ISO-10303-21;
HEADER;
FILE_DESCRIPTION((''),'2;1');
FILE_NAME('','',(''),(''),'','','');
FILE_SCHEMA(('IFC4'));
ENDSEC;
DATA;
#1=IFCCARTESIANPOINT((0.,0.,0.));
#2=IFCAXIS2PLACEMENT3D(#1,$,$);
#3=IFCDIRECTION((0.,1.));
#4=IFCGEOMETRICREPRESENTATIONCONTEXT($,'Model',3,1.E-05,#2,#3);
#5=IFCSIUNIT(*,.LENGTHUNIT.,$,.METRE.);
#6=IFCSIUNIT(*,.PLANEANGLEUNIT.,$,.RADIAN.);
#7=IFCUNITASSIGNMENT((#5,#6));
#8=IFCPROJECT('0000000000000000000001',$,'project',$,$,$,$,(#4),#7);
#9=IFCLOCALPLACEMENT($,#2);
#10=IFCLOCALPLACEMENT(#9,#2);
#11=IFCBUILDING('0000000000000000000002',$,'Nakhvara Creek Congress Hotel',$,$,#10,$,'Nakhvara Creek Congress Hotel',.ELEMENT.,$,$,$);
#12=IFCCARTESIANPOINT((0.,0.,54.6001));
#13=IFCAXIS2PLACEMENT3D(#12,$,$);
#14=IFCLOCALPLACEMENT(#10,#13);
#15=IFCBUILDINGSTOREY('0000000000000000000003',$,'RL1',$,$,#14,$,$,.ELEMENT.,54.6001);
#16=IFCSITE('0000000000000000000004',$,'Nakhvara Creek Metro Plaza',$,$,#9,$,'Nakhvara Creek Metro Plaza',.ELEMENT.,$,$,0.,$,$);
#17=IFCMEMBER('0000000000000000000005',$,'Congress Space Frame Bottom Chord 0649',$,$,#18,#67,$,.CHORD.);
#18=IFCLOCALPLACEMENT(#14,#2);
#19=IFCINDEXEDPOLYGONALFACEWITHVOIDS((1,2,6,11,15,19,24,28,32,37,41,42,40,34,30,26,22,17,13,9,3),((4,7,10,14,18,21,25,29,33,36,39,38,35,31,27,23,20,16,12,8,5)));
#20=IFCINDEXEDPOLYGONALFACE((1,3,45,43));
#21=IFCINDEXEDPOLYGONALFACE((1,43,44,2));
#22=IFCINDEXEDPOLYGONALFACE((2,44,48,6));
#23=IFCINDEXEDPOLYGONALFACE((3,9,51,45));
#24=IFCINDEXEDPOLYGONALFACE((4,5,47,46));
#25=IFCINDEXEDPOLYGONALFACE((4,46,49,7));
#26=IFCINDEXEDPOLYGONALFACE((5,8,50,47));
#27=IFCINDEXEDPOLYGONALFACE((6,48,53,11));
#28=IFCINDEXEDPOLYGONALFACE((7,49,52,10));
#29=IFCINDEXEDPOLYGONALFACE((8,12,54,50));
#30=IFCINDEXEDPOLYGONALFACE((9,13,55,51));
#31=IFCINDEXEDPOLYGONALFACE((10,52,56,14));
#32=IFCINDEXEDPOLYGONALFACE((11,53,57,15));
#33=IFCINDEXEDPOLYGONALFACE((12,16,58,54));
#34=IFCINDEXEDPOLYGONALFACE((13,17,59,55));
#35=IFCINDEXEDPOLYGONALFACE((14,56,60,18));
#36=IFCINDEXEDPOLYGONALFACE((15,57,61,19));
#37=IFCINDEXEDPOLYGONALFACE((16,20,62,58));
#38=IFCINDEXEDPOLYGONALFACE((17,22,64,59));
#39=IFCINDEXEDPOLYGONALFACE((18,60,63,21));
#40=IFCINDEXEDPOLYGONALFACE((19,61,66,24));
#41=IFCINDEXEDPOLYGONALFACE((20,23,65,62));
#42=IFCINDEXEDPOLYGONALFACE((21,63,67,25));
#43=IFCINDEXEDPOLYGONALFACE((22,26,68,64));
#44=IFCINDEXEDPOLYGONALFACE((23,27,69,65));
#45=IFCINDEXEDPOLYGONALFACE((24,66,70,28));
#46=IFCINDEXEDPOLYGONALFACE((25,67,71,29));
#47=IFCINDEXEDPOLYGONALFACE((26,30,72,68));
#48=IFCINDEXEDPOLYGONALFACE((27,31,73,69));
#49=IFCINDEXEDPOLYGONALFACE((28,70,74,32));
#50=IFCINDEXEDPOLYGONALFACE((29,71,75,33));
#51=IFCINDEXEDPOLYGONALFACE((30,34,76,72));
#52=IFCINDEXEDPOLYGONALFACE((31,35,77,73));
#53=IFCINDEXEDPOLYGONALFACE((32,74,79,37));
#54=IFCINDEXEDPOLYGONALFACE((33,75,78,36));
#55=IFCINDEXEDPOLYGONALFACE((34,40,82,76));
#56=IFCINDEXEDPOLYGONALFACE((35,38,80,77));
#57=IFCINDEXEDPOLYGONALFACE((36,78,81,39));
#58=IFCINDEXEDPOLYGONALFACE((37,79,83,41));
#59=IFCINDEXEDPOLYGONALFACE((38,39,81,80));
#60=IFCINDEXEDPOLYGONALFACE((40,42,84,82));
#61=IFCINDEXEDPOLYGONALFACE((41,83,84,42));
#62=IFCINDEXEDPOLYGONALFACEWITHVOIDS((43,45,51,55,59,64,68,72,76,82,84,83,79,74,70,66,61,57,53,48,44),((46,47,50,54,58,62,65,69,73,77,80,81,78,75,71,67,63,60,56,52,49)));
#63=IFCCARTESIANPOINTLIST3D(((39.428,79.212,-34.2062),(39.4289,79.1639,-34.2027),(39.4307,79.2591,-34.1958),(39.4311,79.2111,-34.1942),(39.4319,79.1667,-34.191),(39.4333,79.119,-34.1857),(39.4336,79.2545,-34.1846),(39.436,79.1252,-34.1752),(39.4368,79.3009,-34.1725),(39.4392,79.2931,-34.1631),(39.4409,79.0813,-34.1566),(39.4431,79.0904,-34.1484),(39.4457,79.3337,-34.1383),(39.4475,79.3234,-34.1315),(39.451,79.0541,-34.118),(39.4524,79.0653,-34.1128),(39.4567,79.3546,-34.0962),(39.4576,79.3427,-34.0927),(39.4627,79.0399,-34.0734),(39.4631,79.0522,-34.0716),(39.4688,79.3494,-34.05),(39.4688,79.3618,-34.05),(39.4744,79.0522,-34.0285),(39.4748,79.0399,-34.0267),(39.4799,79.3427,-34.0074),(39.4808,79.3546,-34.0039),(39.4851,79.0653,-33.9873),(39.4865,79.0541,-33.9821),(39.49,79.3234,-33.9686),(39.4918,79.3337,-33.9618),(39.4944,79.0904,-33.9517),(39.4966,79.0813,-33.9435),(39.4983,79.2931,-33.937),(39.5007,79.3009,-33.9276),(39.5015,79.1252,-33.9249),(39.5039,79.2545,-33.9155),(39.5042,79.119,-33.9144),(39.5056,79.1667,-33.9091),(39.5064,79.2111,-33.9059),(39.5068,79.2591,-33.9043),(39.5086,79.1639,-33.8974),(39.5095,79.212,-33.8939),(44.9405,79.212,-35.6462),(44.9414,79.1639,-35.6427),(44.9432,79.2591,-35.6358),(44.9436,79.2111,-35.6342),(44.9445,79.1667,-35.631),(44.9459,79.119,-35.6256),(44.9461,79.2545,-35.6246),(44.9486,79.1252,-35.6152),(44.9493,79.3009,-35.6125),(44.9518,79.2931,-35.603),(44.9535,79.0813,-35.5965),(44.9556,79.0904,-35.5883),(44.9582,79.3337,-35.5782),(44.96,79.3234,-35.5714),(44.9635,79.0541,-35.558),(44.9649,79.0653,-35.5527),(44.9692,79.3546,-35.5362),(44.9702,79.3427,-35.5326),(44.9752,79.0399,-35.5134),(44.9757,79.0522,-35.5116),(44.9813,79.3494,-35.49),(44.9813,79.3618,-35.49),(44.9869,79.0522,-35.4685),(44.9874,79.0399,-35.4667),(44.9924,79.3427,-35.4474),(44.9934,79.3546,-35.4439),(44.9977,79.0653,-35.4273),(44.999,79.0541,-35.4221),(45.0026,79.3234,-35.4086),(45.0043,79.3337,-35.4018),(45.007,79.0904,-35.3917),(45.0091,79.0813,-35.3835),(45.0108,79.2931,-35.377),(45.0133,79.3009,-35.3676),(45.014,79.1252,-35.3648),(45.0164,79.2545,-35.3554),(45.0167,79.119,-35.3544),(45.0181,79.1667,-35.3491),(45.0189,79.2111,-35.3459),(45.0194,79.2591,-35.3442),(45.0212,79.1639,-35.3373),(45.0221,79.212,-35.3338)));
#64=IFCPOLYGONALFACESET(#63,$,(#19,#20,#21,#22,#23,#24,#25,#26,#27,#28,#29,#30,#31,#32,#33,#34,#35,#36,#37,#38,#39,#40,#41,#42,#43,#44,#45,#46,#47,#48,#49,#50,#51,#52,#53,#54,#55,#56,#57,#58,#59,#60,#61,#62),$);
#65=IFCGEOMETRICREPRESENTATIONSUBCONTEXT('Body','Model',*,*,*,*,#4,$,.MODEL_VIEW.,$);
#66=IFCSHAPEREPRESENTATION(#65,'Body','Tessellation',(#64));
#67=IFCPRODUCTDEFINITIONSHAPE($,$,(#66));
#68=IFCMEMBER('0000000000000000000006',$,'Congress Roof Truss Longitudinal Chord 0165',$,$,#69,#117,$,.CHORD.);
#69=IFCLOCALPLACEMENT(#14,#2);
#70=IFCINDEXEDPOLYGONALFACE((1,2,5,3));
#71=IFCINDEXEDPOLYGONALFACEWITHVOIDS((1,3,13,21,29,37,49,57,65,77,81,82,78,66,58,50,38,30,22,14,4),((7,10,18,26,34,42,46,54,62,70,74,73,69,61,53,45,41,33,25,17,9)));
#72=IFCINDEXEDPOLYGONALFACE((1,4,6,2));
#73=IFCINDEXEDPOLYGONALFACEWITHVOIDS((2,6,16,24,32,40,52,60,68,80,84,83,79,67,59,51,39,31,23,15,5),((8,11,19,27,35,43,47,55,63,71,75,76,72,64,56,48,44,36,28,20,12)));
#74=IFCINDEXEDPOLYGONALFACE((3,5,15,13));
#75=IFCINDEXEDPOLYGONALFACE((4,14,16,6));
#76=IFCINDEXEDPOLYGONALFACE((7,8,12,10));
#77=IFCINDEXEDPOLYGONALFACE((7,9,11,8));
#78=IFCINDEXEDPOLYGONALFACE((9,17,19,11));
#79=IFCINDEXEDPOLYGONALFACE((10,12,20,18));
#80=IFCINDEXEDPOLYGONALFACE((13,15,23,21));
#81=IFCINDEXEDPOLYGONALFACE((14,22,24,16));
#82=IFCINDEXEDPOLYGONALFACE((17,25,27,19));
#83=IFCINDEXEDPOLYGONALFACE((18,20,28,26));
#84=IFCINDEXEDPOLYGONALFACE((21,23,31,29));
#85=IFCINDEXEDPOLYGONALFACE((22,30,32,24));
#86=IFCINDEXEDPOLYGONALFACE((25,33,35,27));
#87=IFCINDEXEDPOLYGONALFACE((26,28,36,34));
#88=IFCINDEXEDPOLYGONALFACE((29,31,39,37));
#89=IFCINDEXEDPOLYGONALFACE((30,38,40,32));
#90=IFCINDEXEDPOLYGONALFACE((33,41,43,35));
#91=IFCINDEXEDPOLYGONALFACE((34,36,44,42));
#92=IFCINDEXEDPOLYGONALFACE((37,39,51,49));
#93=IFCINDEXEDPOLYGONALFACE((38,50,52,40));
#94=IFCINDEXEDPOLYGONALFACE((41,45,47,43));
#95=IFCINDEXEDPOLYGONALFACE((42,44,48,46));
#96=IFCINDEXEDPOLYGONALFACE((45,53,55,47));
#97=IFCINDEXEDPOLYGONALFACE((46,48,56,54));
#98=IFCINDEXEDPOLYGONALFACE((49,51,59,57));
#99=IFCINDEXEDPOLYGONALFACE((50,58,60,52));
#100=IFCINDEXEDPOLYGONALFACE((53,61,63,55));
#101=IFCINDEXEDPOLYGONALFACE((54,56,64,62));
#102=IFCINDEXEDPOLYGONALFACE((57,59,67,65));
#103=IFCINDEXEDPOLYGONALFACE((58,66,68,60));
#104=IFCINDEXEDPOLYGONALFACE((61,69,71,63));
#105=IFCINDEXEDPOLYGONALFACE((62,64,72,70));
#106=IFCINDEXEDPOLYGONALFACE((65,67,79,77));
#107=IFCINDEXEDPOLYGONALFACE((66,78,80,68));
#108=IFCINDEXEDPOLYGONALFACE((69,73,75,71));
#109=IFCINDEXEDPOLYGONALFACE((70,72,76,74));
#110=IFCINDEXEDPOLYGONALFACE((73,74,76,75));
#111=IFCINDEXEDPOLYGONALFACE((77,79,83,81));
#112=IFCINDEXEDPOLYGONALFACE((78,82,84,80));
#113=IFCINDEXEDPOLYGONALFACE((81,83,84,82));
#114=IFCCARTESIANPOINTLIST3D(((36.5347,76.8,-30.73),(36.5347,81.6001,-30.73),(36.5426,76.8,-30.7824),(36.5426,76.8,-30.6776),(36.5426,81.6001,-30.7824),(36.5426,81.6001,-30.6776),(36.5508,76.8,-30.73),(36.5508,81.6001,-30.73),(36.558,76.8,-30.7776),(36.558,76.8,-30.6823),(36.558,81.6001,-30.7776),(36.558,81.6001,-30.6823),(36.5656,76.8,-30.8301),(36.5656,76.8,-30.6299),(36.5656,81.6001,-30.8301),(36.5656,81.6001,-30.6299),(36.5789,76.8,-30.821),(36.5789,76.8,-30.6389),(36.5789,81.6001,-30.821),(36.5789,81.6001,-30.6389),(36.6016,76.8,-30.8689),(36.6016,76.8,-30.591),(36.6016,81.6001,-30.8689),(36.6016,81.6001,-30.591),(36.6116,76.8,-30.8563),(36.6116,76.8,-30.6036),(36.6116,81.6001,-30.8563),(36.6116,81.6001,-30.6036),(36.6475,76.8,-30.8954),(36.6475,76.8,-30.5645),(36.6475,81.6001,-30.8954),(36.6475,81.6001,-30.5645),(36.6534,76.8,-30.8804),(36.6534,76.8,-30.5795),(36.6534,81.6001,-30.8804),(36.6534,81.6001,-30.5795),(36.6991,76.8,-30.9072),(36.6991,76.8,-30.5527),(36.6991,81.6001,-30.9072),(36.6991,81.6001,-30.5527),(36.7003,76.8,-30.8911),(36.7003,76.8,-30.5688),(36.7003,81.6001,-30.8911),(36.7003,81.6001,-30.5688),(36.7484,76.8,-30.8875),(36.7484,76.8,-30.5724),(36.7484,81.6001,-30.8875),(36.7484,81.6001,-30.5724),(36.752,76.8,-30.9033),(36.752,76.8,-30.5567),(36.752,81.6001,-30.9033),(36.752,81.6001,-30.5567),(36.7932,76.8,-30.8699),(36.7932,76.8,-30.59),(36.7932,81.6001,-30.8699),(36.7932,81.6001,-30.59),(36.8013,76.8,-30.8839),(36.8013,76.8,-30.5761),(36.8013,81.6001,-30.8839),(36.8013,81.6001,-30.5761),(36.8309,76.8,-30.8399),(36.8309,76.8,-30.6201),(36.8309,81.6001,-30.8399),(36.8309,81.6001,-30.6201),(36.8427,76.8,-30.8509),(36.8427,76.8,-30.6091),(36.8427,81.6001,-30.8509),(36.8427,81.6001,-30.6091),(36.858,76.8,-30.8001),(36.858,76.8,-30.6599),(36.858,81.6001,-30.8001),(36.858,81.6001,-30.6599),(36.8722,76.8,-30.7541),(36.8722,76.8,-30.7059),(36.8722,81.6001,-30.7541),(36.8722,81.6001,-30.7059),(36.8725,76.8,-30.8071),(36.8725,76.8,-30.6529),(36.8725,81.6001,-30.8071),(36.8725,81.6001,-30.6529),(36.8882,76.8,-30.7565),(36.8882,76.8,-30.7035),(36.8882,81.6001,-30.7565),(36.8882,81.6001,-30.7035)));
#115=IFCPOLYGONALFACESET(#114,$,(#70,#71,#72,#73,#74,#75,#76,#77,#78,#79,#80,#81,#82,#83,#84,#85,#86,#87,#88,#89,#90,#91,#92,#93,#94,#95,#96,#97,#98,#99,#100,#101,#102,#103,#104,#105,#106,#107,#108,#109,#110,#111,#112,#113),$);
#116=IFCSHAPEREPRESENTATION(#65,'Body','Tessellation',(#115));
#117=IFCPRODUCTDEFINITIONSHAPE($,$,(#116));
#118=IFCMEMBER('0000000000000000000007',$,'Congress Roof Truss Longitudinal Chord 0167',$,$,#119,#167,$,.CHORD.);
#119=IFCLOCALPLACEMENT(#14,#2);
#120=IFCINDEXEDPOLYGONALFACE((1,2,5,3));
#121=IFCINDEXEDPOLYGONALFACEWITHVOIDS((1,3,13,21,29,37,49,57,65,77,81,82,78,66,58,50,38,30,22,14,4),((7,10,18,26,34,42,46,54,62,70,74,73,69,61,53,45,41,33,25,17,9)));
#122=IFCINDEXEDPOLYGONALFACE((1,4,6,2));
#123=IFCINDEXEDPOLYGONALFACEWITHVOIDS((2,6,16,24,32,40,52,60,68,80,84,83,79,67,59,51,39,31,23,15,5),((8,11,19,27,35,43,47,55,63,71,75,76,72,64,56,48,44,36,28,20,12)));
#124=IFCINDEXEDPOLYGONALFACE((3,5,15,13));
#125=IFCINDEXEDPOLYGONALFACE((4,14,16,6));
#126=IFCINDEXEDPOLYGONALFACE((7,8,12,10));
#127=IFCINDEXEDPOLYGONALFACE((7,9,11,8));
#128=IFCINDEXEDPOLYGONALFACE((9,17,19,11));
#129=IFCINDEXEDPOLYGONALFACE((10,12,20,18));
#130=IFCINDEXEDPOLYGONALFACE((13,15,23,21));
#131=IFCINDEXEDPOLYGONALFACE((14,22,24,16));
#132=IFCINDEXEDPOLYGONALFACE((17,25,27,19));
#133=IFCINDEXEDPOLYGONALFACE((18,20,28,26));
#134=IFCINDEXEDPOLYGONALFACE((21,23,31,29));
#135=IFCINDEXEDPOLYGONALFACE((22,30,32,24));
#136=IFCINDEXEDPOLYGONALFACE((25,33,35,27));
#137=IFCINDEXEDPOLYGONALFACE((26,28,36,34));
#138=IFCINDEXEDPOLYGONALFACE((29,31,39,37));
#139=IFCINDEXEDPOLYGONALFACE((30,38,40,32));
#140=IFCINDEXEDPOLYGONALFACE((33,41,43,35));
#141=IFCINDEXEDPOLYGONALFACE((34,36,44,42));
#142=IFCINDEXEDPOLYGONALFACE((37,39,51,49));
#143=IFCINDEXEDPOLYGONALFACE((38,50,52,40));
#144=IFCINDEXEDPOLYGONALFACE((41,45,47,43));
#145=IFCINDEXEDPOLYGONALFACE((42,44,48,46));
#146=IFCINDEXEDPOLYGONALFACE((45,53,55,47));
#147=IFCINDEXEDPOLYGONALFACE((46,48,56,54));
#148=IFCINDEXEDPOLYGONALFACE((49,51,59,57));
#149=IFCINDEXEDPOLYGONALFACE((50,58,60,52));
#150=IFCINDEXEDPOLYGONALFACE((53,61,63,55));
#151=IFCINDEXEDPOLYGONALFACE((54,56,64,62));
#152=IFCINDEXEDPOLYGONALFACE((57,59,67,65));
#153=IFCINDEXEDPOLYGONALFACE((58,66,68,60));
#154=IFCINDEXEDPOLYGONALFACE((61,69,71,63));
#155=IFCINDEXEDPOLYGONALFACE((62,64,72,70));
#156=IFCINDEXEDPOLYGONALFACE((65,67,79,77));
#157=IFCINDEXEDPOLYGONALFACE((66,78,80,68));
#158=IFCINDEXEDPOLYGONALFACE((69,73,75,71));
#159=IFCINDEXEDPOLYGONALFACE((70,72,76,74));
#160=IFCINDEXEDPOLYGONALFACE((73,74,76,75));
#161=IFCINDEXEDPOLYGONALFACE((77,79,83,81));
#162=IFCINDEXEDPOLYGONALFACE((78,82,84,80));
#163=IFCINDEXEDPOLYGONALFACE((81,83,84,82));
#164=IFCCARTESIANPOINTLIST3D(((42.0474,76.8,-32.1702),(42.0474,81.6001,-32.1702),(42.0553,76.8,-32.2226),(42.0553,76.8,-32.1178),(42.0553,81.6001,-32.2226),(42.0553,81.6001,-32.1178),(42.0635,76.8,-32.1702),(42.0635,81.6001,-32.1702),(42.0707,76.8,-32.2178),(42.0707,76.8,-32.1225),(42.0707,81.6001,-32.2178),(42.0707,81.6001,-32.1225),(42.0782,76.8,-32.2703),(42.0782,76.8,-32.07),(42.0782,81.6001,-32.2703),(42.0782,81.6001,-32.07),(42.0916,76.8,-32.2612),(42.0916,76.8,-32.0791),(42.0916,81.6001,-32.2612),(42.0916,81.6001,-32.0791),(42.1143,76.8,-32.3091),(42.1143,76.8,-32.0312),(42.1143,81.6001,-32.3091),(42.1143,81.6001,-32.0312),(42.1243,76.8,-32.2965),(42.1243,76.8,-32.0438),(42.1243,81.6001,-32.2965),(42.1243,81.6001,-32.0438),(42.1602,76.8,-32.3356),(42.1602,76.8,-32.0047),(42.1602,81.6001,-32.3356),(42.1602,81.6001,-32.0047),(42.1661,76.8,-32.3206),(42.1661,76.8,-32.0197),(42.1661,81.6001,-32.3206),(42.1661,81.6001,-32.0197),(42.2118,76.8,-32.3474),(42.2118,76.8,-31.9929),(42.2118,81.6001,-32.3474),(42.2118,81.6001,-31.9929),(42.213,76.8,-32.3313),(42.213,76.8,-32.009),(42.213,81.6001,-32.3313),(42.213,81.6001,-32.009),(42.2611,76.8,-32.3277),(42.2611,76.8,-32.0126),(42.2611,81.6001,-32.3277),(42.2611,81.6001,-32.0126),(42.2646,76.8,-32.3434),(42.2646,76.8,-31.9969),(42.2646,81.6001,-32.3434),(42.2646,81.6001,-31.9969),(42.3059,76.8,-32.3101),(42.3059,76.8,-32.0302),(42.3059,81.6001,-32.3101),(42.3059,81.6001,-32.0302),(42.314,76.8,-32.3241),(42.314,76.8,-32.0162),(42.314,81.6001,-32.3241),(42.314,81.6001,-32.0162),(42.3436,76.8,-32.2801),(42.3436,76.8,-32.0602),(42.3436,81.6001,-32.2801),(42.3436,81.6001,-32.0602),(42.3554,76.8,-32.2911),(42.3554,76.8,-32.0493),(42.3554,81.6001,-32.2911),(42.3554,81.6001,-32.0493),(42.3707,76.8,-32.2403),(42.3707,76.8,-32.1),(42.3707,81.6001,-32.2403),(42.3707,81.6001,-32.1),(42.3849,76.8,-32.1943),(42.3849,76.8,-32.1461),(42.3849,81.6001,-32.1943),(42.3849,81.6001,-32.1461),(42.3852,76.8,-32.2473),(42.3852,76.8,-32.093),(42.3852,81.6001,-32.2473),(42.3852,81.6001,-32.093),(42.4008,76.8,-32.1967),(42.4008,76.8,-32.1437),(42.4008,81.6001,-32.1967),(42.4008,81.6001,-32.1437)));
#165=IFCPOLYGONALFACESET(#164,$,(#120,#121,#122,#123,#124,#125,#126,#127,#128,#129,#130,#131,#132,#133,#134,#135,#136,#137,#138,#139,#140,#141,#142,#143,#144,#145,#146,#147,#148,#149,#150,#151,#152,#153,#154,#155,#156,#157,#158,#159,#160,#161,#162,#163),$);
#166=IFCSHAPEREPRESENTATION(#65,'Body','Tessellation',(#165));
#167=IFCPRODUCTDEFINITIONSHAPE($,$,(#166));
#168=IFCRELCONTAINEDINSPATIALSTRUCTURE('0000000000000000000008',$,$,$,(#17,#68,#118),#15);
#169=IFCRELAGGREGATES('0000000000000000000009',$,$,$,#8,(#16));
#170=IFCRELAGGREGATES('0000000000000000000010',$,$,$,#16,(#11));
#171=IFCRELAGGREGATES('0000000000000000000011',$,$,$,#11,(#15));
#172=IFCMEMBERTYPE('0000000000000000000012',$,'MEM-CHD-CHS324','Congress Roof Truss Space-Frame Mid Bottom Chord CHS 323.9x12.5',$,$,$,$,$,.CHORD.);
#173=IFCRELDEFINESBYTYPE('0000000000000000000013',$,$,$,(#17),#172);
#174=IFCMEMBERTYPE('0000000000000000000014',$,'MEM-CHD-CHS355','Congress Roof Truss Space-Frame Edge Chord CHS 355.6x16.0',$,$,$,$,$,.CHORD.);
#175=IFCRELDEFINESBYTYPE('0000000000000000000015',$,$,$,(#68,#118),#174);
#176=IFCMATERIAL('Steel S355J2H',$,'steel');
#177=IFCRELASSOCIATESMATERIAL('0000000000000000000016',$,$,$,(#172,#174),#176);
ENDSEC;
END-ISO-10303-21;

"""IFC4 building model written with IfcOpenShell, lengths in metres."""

from ifc_helpers import new_model, si_unit, direction, frame, origin, origin_2d, place, context, subcontext, project, spatial, hollow_circle, extrude, material, material_profile, profile_set, type_object, element, save


model = new_model("IFC4")

# Units and contexts
model_context = context("Model", 3, precision=1e-05, world=origin(), true_north=direction((0.0, 1.0)))
body_context = subcontext(model_context, "Body", "Model", "MODEL_VIEW")
ifc_project = project(units=[si_unit("LENGTHUNIT", "METRE"), si_unit("PLANEANGLEUNIT", "RADIAN")], contexts=[model_context])

# Site, building, storey
site_placement = place(None, origin())
site = spatial("IfcSite", under=ifc_project, at=site_placement, Name="Nakhvara Creek Metro Plaza", LongName="Nakhvara Creek Metro Plaza", CompositionType="ELEMENT", RefElevation=0.0)
building_placement = place(site_placement, origin())
building = spatial("IfcBuilding", under=site, at=building_placement, Name="Nakhvara Creek Congress Hotel", LongName="Nakhvara Creek Congress Hotel", CompositionType="ELEMENT")
storey_placement = place(building_placement, frame((0.0, 0.0, 54.6001)))
storey = spatial("IfcBuildingStorey", under=building, at=storey_placement, Name="RL1", CompositionType="ELEMENT", Elevation=54.6001)

# Members
ifc_material_1 = material(Name="Steel S355J2H", Category="steel")
ifc_material_profile_1 = material_profile(ifc_material_1, hollow_circle(Radius=0.1619, WallThickness=0.0125, at=origin_2d()), Name="CHS 323.9x12.5", Category="LoadBearing")
ifc_profile_set_1 = profile_set([ifc_material_profile_1], Name="Steel S355J2H")
member_type_1 = type_object("IfcMemberType", Name="MEM-CHD-CHS324", Description="Congress Roof Truss Space-Frame Mid Bottom Chord CHS 323.9x12.5", PredefinedType="CHORD", material=ifc_profile_set_1)
for number, where, z_axis, x_axis, name in (
    (1, (39.4688, 79.2, -34.05), (0.967535, 0.0, -0.252736), (0.0, 1.0, 0.0), "Congress Space Frame Bottom Chord 0649"),
):
    element("IfcMember", number, at=place(storey_placement, frame(where, z_axis=z_axis, x_axis=x_axis)), inside=storey, type_object=member_type_1, Name=name, PredefinedType="CHORD", context=body_context, shape_type="SweptSolid", body=[
        extrude(hollow_circle(Radius=0.1619, WallThickness=0.0125, at=origin_2d()), origin(), (0.0, 0.0, 1.0), 5.6975),
    ])
ifc_material_profile_2 = material_profile(ifc_material_1, hollow_circle(Radius=0.1777, WallThickness=0.0161, at=origin_2d()), Name="CHS 355.6x16.0", Category="LoadBearing")
ifc_profile_set_2 = profile_set([ifc_material_profile_2], Name="Steel S355J2H")
member_type_2 = type_object("IfcMemberType", Name="MEM-CHD-CHS355", Description="Congress Roof Truss Space-Frame Edge Chord CHS 355.6x16.0", PredefinedType="CHORD", material=ifc_profile_set_2)
for number, where, z_axis, x_axis, name in (
    (2, (36.7124, 76.8, -30.73), (0.0, 1.0, 0.0), (-1.0, 0.0, 0.0), "Congress Roof Truss Longitudinal Chord 0165"),
    (3, (42.2251, 76.8, -32.1702), (0.0, 1.0, 0.0), (-1.0, 0.0, 0.0), "Congress Roof Truss Longitudinal Chord 0167"),
):
    element("IfcMember", number, at=place(storey_placement, frame(where, z_axis=z_axis, x_axis=x_axis)), inside=storey, type_object=member_type_2, Name=name, PredefinedType="CHORD", context=body_context, shape_type="SweptSolid", body=[
        extrude(hollow_circle(Radius=0.1777, WallThickness=0.0161, at=origin_2d()), origin(), (0.0, 0.0, 1.0), 4.8),
    ])

save(model, "model.ifc")
